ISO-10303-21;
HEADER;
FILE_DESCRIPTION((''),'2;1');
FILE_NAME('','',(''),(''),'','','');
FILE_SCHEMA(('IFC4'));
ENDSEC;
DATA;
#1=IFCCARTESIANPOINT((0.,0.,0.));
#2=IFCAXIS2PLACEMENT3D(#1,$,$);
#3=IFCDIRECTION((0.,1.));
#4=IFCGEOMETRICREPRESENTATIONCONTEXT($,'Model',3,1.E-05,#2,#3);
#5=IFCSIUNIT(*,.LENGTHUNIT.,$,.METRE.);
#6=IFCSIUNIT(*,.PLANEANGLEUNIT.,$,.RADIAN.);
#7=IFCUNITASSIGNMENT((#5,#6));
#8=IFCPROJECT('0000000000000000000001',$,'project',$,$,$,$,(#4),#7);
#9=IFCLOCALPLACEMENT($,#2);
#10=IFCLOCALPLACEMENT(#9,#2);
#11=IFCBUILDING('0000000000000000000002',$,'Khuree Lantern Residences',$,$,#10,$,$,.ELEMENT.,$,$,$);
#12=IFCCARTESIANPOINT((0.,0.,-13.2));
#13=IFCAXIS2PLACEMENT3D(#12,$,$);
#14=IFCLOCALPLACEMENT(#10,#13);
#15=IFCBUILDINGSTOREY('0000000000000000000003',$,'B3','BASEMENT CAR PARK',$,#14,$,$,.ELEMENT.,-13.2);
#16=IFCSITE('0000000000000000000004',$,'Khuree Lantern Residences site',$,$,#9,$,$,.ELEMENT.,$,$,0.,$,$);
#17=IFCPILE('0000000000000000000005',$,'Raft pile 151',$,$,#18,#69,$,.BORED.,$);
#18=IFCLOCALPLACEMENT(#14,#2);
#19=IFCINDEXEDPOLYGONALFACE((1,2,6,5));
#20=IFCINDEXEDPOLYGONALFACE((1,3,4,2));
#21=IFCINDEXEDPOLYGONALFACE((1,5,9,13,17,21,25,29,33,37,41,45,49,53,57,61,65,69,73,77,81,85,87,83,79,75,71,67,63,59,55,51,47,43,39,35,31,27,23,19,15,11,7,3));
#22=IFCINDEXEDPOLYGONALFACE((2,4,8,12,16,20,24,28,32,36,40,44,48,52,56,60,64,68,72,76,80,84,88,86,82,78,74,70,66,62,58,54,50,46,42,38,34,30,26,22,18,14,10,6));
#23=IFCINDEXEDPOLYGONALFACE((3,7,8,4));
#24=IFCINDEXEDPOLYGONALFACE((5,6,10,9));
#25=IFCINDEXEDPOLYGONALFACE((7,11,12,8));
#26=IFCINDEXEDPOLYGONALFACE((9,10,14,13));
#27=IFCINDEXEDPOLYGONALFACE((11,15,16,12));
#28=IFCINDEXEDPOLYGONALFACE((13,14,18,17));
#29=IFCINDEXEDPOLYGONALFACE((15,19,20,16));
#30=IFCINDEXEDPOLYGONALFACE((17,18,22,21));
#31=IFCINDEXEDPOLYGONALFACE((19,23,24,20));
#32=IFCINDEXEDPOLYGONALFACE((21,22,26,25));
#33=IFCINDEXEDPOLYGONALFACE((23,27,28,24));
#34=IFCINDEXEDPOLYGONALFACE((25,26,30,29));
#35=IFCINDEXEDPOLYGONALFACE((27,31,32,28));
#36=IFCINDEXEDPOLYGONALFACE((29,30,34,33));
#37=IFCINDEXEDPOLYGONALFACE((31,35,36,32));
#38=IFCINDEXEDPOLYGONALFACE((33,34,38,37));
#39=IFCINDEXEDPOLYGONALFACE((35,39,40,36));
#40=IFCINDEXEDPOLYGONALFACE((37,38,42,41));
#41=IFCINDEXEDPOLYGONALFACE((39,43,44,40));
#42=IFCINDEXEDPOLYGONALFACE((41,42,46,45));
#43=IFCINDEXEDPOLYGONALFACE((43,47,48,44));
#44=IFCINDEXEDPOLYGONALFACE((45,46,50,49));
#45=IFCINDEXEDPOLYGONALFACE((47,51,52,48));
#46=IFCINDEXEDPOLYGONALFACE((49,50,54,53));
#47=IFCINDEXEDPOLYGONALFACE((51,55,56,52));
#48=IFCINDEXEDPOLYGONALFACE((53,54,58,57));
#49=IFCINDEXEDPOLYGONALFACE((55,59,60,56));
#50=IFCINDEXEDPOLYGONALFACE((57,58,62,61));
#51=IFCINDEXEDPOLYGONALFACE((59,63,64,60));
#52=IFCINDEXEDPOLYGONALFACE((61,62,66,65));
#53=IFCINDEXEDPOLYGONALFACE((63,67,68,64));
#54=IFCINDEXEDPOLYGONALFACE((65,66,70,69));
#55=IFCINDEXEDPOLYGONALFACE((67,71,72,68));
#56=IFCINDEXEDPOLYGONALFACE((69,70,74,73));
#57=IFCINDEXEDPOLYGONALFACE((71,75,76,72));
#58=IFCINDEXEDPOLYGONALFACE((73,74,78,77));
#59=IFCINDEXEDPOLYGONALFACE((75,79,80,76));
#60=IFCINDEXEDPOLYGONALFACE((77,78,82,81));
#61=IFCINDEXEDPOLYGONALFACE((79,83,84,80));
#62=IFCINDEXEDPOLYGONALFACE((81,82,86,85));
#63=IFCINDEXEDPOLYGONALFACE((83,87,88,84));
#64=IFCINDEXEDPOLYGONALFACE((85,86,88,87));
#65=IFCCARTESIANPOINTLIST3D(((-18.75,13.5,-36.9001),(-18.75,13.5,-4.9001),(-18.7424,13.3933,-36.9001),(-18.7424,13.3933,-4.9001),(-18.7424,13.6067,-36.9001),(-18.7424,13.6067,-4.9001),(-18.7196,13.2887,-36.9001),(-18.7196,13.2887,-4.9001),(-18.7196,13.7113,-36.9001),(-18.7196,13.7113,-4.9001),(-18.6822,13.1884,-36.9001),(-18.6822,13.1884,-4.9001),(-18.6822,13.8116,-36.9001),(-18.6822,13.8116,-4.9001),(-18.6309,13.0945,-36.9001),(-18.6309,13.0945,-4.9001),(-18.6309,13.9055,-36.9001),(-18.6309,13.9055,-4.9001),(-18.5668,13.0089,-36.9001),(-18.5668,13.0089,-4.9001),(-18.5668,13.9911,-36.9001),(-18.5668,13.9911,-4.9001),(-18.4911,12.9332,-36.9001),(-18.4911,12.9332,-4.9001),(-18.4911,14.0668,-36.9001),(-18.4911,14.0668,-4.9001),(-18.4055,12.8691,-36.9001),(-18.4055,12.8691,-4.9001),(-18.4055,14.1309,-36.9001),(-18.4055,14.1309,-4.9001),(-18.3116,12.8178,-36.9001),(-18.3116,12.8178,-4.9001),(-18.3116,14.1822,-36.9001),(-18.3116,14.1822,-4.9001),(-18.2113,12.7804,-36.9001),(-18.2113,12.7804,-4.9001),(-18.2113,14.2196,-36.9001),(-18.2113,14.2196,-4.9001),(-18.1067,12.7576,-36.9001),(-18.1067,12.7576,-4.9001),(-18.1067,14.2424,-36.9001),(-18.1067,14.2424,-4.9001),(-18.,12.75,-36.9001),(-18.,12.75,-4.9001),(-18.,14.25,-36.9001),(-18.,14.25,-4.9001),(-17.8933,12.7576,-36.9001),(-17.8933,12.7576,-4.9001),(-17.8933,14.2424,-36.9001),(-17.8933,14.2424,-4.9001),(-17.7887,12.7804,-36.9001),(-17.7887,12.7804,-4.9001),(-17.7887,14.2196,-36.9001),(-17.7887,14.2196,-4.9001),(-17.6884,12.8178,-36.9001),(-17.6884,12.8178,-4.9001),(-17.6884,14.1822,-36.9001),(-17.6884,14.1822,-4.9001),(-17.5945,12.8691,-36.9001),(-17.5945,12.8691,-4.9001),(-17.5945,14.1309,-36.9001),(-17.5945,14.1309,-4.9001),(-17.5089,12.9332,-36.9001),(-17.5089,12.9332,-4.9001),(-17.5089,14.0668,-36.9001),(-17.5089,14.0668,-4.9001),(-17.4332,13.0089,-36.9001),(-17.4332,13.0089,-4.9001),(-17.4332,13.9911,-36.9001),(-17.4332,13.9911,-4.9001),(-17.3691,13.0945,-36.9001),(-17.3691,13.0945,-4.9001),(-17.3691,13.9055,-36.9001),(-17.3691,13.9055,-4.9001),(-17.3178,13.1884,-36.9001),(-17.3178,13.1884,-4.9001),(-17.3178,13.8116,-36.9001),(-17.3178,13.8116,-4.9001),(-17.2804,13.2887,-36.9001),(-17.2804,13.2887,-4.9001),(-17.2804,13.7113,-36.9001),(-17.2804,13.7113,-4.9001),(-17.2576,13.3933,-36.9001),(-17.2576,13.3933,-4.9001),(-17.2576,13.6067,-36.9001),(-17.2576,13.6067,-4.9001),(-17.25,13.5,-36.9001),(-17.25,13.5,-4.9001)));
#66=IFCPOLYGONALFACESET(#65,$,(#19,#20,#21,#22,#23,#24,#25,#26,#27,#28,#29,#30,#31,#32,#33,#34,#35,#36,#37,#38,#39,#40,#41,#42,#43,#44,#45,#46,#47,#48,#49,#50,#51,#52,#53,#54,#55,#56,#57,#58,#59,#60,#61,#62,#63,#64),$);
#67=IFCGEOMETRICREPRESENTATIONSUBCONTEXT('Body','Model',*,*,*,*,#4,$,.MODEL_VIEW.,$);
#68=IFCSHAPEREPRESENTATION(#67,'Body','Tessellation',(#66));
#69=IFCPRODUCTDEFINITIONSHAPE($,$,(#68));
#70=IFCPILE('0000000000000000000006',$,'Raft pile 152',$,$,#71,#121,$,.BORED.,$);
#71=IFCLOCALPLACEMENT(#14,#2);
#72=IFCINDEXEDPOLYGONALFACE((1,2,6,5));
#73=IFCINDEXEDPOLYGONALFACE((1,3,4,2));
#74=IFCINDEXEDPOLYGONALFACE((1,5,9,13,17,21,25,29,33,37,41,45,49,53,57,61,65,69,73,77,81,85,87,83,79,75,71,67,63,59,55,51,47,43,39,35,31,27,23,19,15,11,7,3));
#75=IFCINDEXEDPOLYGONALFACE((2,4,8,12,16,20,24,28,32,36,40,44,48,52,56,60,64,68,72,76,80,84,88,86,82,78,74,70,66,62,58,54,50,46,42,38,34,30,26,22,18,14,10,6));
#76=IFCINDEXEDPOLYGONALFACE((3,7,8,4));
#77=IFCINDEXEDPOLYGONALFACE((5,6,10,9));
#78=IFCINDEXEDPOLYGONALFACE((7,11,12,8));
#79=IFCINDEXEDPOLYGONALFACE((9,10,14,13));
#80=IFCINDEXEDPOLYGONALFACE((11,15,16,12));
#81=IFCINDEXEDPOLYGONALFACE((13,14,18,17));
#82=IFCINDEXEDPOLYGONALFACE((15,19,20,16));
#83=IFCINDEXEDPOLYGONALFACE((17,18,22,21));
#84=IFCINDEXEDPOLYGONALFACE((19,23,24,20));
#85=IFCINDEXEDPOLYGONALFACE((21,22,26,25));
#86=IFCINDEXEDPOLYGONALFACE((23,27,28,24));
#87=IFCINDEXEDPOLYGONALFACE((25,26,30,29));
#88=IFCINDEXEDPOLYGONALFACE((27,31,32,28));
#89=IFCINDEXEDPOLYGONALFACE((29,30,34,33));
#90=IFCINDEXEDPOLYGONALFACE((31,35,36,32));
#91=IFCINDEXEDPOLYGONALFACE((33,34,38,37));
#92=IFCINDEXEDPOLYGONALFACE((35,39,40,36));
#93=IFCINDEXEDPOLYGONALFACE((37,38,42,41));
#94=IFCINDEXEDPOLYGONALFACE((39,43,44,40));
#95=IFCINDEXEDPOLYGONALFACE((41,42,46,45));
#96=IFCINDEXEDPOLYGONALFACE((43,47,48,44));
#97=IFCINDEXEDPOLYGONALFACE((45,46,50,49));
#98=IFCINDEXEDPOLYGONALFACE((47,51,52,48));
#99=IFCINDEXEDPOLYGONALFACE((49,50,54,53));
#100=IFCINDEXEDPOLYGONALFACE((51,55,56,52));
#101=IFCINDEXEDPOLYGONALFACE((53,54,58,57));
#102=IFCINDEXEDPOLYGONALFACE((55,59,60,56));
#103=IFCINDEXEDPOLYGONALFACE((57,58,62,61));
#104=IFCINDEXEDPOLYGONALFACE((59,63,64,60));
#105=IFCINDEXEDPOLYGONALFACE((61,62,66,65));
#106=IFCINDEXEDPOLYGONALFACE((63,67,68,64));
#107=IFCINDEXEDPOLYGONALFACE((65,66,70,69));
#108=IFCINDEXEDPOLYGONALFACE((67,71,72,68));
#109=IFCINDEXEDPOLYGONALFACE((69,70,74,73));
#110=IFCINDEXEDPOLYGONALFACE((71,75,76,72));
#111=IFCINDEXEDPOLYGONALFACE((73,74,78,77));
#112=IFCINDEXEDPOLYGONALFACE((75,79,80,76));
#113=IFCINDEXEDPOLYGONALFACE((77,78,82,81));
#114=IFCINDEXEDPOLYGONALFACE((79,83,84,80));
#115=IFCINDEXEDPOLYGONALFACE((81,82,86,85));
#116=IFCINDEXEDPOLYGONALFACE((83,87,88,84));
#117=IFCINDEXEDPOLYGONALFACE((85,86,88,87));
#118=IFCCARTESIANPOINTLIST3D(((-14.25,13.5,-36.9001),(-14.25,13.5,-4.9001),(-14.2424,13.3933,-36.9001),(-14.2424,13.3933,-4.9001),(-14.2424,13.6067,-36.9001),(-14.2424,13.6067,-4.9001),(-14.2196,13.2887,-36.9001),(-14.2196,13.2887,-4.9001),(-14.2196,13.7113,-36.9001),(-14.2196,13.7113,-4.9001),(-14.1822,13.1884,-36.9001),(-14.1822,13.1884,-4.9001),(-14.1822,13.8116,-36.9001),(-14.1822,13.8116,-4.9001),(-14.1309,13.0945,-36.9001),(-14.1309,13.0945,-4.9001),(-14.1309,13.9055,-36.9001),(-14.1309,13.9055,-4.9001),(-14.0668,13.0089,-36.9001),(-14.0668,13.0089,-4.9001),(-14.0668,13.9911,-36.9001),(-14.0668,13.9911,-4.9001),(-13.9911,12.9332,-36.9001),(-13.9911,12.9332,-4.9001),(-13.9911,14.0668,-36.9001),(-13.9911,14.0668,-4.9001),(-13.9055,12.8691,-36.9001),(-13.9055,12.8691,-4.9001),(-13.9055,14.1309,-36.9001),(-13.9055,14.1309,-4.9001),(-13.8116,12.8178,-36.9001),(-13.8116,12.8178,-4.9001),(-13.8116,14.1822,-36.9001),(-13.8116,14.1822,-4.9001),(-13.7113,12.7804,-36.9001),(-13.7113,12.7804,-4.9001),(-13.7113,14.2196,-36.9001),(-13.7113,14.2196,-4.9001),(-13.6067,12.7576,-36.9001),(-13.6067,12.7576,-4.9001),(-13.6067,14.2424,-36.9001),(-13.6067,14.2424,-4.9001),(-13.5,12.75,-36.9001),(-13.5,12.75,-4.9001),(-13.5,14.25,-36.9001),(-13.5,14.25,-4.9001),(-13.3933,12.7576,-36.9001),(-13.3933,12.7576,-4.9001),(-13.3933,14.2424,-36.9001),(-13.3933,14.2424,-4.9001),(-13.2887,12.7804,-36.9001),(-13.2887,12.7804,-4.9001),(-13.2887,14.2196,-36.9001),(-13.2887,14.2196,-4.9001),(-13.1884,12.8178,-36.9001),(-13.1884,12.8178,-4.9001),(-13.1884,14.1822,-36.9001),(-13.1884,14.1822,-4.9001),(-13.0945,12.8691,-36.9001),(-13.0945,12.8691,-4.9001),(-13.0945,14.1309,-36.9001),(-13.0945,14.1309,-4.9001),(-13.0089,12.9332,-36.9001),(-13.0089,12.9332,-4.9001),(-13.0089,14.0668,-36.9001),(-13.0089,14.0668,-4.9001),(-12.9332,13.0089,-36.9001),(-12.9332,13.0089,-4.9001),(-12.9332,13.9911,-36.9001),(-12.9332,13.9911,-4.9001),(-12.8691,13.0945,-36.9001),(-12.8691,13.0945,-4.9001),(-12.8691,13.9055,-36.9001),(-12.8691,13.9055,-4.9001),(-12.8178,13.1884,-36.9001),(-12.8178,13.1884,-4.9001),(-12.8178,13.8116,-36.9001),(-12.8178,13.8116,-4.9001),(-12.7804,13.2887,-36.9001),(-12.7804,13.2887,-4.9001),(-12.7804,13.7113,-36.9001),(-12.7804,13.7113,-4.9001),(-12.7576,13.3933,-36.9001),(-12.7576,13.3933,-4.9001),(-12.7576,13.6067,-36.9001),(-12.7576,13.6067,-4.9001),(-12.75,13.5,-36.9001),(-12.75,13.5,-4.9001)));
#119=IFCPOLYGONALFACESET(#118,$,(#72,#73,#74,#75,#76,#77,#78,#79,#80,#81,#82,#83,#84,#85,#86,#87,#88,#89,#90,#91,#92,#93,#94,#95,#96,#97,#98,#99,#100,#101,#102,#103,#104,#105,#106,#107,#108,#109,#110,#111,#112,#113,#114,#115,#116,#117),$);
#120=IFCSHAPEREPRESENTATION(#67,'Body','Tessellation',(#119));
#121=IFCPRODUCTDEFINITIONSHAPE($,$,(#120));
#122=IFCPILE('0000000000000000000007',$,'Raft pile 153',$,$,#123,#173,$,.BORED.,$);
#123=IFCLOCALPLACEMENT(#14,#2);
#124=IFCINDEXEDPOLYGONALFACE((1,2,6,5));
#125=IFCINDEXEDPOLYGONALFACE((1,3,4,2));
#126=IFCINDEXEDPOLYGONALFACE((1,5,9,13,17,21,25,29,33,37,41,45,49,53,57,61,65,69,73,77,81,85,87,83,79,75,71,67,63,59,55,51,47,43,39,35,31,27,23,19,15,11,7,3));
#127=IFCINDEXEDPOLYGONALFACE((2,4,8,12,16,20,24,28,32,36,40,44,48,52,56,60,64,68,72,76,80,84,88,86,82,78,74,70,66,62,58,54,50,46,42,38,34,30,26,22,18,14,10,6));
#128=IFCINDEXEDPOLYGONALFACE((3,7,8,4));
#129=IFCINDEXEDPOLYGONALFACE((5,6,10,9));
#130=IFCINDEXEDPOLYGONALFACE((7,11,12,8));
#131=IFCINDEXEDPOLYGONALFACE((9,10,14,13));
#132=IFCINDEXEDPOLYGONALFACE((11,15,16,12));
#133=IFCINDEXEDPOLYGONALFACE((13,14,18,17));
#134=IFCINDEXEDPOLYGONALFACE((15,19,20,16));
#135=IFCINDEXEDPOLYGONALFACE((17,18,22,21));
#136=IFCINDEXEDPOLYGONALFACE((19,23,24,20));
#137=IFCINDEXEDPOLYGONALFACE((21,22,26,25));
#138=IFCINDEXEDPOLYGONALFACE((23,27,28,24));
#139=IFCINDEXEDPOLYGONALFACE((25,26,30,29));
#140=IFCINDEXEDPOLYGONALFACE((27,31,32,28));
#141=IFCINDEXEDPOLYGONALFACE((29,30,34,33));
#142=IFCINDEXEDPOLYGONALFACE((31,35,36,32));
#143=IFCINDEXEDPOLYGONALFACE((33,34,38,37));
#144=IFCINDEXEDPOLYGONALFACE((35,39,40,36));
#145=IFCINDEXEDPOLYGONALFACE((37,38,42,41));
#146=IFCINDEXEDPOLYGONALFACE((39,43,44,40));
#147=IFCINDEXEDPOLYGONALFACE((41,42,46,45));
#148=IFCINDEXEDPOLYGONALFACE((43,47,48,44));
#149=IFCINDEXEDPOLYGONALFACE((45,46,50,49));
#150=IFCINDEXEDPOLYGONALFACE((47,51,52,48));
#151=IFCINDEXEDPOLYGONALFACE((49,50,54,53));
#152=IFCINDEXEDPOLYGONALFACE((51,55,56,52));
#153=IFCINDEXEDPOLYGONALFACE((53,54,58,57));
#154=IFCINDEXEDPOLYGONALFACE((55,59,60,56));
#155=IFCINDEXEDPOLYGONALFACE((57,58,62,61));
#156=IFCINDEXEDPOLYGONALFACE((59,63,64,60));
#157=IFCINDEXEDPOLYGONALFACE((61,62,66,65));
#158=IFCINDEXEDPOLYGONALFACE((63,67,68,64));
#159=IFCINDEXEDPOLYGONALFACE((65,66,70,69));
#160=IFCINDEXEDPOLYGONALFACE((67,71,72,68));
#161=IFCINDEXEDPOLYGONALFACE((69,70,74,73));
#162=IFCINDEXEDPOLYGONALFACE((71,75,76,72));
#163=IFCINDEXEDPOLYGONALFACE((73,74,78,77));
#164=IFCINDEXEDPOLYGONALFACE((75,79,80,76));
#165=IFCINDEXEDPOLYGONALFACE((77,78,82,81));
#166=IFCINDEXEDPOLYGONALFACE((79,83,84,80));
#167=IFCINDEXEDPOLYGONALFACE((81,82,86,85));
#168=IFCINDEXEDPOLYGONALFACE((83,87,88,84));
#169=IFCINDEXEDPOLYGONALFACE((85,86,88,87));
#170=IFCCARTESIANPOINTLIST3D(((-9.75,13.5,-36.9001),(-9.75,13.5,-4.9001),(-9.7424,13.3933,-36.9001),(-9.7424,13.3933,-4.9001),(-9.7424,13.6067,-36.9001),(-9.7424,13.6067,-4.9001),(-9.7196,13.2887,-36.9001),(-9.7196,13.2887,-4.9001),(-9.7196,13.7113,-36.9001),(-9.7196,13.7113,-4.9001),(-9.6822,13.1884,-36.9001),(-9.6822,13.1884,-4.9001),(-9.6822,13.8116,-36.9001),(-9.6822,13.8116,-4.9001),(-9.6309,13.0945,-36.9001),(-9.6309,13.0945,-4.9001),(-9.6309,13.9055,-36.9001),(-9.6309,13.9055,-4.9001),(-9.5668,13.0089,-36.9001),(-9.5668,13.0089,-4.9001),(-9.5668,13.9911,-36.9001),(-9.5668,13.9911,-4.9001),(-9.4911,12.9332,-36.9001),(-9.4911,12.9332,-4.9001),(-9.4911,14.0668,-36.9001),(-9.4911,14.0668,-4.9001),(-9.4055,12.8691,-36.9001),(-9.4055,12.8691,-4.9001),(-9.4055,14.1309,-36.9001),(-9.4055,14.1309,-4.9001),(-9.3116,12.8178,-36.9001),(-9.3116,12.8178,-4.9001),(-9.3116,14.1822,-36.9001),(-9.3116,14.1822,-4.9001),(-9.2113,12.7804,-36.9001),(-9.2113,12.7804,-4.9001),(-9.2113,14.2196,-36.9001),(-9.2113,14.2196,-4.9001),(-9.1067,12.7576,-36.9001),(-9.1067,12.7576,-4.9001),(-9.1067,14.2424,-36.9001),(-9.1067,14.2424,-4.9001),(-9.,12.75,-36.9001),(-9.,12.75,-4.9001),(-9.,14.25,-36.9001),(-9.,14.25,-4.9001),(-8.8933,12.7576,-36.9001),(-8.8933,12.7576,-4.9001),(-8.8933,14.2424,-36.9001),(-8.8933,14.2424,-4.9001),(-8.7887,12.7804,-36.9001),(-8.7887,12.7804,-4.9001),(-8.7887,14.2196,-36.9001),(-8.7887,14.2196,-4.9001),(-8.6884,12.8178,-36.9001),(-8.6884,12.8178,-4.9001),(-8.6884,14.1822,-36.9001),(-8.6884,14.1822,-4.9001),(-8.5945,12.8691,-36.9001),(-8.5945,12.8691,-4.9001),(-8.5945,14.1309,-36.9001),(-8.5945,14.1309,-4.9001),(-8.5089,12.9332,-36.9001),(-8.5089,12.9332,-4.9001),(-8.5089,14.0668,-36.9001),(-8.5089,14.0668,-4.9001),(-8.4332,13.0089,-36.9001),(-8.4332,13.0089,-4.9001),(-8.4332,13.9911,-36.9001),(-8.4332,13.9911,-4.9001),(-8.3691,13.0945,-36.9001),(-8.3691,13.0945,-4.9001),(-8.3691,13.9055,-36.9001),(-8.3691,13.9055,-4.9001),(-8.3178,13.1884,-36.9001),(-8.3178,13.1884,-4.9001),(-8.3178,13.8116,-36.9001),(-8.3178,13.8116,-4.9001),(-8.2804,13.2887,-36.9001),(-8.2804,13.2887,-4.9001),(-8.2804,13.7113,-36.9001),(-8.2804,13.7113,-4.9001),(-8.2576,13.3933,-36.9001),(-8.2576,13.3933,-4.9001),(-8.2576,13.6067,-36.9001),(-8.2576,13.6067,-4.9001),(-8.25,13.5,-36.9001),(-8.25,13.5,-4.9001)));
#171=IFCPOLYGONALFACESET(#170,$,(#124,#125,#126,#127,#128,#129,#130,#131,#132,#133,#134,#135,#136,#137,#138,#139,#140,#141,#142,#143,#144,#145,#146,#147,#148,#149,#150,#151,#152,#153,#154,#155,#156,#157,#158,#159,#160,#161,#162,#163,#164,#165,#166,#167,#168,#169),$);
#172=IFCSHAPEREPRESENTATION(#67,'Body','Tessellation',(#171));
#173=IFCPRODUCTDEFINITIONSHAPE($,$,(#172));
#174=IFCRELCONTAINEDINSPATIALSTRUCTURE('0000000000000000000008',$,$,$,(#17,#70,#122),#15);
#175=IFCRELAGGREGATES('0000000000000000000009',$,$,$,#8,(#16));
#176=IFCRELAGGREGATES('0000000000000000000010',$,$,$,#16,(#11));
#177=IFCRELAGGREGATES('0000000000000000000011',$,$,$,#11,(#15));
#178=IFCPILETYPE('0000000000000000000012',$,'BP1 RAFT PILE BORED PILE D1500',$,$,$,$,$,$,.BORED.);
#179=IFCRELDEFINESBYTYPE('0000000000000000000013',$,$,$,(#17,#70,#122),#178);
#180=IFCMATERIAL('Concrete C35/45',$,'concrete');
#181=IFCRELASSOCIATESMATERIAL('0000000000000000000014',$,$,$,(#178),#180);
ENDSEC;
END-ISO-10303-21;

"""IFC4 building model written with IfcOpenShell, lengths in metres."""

from ifc_helpers import new_model, si_unit, direction, frame, origin, origin_2d, place, context, subcontext, project, spatial, circle, extrude, material, material_profile, profile_set, type_object, element, save


model = new_model("IFC4")

# Units and contexts
model_context = context("Model", 3, precision=1e-05, world=origin(), true_north=direction((0.0, 1.0)))
body_context = subcontext(model_context, "Body", "Model", "MODEL_VIEW")
ifc_project = project(units=[si_unit("LENGTHUNIT", "METRE"), si_unit("PLANEANGLEUNIT", "RADIAN")], contexts=[model_context])

# Site, building, storey
site_placement = place(None, origin())
site = spatial("IfcSite", under=ifc_project, at=site_placement, Name="Khuree Lantern Residences site", CompositionType="ELEMENT", RefElevation=0.0)
building_placement = place(site_placement, origin())
building = spatial("IfcBuilding", under=site, at=building_placement, Name="Khuree Lantern Residences", CompositionType="ELEMENT")
storey_placement = place(building_placement, frame((0.0, 0.0, -13.2)))
storey = spatial("IfcBuildingStorey", under=building, at=storey_placement, Name="B3", Description="BASEMENT CAR PARK", CompositionType="ELEMENT", Elevation=-13.2)

# Piles
ifc_material_1 = material(Name="Concrete C35/45", Category="concrete")
ifc_material_profile_1 = material_profile(ifc_material_1, circle(Radius=0.75, at=origin_2d()), Name="BORED PILE D1500")
ifc_profile_set_1 = profile_set([ifc_material_profile_1], Name="Concrete C35/45")
pile_type = type_object("IfcPileType", Name="BP1 RAFT PILE BORED PILE D1500", PredefinedType="BORED", material=ifc_profile_set_1)
for number, where, z_axis, x_axis, name in (
    (1, (-18.0, 13.5, -4.9001), (0.0, 0.0, -1.0), (1.0, 0.0, 0.0), "Raft pile 151"),
    (2, (-13.5, 13.5, -4.9001), (0.0, 0.0, -1.0), (1.0, 0.0, 0.0), "Raft pile 152"),
    (3, (-9.0, 13.5, -4.9001), (0.0, 0.0, -1.0), (1.0, 0.0, 0.0), "Raft pile 153"),
):
    element("IfcPile", number, at=place(storey_placement, frame(where, z_axis=z_axis, x_axis=x_axis)), inside=storey, type_object=pile_type, Name=name, PredefinedType="BORED", context=body_context, shape_type="SweptSolid", body=[
        extrude(circle(Radius=0.75, at=origin_2d()), origin(), (0.0, 0.0, 1.0), 32.0),
    ])

save(model, "model.ifc")
